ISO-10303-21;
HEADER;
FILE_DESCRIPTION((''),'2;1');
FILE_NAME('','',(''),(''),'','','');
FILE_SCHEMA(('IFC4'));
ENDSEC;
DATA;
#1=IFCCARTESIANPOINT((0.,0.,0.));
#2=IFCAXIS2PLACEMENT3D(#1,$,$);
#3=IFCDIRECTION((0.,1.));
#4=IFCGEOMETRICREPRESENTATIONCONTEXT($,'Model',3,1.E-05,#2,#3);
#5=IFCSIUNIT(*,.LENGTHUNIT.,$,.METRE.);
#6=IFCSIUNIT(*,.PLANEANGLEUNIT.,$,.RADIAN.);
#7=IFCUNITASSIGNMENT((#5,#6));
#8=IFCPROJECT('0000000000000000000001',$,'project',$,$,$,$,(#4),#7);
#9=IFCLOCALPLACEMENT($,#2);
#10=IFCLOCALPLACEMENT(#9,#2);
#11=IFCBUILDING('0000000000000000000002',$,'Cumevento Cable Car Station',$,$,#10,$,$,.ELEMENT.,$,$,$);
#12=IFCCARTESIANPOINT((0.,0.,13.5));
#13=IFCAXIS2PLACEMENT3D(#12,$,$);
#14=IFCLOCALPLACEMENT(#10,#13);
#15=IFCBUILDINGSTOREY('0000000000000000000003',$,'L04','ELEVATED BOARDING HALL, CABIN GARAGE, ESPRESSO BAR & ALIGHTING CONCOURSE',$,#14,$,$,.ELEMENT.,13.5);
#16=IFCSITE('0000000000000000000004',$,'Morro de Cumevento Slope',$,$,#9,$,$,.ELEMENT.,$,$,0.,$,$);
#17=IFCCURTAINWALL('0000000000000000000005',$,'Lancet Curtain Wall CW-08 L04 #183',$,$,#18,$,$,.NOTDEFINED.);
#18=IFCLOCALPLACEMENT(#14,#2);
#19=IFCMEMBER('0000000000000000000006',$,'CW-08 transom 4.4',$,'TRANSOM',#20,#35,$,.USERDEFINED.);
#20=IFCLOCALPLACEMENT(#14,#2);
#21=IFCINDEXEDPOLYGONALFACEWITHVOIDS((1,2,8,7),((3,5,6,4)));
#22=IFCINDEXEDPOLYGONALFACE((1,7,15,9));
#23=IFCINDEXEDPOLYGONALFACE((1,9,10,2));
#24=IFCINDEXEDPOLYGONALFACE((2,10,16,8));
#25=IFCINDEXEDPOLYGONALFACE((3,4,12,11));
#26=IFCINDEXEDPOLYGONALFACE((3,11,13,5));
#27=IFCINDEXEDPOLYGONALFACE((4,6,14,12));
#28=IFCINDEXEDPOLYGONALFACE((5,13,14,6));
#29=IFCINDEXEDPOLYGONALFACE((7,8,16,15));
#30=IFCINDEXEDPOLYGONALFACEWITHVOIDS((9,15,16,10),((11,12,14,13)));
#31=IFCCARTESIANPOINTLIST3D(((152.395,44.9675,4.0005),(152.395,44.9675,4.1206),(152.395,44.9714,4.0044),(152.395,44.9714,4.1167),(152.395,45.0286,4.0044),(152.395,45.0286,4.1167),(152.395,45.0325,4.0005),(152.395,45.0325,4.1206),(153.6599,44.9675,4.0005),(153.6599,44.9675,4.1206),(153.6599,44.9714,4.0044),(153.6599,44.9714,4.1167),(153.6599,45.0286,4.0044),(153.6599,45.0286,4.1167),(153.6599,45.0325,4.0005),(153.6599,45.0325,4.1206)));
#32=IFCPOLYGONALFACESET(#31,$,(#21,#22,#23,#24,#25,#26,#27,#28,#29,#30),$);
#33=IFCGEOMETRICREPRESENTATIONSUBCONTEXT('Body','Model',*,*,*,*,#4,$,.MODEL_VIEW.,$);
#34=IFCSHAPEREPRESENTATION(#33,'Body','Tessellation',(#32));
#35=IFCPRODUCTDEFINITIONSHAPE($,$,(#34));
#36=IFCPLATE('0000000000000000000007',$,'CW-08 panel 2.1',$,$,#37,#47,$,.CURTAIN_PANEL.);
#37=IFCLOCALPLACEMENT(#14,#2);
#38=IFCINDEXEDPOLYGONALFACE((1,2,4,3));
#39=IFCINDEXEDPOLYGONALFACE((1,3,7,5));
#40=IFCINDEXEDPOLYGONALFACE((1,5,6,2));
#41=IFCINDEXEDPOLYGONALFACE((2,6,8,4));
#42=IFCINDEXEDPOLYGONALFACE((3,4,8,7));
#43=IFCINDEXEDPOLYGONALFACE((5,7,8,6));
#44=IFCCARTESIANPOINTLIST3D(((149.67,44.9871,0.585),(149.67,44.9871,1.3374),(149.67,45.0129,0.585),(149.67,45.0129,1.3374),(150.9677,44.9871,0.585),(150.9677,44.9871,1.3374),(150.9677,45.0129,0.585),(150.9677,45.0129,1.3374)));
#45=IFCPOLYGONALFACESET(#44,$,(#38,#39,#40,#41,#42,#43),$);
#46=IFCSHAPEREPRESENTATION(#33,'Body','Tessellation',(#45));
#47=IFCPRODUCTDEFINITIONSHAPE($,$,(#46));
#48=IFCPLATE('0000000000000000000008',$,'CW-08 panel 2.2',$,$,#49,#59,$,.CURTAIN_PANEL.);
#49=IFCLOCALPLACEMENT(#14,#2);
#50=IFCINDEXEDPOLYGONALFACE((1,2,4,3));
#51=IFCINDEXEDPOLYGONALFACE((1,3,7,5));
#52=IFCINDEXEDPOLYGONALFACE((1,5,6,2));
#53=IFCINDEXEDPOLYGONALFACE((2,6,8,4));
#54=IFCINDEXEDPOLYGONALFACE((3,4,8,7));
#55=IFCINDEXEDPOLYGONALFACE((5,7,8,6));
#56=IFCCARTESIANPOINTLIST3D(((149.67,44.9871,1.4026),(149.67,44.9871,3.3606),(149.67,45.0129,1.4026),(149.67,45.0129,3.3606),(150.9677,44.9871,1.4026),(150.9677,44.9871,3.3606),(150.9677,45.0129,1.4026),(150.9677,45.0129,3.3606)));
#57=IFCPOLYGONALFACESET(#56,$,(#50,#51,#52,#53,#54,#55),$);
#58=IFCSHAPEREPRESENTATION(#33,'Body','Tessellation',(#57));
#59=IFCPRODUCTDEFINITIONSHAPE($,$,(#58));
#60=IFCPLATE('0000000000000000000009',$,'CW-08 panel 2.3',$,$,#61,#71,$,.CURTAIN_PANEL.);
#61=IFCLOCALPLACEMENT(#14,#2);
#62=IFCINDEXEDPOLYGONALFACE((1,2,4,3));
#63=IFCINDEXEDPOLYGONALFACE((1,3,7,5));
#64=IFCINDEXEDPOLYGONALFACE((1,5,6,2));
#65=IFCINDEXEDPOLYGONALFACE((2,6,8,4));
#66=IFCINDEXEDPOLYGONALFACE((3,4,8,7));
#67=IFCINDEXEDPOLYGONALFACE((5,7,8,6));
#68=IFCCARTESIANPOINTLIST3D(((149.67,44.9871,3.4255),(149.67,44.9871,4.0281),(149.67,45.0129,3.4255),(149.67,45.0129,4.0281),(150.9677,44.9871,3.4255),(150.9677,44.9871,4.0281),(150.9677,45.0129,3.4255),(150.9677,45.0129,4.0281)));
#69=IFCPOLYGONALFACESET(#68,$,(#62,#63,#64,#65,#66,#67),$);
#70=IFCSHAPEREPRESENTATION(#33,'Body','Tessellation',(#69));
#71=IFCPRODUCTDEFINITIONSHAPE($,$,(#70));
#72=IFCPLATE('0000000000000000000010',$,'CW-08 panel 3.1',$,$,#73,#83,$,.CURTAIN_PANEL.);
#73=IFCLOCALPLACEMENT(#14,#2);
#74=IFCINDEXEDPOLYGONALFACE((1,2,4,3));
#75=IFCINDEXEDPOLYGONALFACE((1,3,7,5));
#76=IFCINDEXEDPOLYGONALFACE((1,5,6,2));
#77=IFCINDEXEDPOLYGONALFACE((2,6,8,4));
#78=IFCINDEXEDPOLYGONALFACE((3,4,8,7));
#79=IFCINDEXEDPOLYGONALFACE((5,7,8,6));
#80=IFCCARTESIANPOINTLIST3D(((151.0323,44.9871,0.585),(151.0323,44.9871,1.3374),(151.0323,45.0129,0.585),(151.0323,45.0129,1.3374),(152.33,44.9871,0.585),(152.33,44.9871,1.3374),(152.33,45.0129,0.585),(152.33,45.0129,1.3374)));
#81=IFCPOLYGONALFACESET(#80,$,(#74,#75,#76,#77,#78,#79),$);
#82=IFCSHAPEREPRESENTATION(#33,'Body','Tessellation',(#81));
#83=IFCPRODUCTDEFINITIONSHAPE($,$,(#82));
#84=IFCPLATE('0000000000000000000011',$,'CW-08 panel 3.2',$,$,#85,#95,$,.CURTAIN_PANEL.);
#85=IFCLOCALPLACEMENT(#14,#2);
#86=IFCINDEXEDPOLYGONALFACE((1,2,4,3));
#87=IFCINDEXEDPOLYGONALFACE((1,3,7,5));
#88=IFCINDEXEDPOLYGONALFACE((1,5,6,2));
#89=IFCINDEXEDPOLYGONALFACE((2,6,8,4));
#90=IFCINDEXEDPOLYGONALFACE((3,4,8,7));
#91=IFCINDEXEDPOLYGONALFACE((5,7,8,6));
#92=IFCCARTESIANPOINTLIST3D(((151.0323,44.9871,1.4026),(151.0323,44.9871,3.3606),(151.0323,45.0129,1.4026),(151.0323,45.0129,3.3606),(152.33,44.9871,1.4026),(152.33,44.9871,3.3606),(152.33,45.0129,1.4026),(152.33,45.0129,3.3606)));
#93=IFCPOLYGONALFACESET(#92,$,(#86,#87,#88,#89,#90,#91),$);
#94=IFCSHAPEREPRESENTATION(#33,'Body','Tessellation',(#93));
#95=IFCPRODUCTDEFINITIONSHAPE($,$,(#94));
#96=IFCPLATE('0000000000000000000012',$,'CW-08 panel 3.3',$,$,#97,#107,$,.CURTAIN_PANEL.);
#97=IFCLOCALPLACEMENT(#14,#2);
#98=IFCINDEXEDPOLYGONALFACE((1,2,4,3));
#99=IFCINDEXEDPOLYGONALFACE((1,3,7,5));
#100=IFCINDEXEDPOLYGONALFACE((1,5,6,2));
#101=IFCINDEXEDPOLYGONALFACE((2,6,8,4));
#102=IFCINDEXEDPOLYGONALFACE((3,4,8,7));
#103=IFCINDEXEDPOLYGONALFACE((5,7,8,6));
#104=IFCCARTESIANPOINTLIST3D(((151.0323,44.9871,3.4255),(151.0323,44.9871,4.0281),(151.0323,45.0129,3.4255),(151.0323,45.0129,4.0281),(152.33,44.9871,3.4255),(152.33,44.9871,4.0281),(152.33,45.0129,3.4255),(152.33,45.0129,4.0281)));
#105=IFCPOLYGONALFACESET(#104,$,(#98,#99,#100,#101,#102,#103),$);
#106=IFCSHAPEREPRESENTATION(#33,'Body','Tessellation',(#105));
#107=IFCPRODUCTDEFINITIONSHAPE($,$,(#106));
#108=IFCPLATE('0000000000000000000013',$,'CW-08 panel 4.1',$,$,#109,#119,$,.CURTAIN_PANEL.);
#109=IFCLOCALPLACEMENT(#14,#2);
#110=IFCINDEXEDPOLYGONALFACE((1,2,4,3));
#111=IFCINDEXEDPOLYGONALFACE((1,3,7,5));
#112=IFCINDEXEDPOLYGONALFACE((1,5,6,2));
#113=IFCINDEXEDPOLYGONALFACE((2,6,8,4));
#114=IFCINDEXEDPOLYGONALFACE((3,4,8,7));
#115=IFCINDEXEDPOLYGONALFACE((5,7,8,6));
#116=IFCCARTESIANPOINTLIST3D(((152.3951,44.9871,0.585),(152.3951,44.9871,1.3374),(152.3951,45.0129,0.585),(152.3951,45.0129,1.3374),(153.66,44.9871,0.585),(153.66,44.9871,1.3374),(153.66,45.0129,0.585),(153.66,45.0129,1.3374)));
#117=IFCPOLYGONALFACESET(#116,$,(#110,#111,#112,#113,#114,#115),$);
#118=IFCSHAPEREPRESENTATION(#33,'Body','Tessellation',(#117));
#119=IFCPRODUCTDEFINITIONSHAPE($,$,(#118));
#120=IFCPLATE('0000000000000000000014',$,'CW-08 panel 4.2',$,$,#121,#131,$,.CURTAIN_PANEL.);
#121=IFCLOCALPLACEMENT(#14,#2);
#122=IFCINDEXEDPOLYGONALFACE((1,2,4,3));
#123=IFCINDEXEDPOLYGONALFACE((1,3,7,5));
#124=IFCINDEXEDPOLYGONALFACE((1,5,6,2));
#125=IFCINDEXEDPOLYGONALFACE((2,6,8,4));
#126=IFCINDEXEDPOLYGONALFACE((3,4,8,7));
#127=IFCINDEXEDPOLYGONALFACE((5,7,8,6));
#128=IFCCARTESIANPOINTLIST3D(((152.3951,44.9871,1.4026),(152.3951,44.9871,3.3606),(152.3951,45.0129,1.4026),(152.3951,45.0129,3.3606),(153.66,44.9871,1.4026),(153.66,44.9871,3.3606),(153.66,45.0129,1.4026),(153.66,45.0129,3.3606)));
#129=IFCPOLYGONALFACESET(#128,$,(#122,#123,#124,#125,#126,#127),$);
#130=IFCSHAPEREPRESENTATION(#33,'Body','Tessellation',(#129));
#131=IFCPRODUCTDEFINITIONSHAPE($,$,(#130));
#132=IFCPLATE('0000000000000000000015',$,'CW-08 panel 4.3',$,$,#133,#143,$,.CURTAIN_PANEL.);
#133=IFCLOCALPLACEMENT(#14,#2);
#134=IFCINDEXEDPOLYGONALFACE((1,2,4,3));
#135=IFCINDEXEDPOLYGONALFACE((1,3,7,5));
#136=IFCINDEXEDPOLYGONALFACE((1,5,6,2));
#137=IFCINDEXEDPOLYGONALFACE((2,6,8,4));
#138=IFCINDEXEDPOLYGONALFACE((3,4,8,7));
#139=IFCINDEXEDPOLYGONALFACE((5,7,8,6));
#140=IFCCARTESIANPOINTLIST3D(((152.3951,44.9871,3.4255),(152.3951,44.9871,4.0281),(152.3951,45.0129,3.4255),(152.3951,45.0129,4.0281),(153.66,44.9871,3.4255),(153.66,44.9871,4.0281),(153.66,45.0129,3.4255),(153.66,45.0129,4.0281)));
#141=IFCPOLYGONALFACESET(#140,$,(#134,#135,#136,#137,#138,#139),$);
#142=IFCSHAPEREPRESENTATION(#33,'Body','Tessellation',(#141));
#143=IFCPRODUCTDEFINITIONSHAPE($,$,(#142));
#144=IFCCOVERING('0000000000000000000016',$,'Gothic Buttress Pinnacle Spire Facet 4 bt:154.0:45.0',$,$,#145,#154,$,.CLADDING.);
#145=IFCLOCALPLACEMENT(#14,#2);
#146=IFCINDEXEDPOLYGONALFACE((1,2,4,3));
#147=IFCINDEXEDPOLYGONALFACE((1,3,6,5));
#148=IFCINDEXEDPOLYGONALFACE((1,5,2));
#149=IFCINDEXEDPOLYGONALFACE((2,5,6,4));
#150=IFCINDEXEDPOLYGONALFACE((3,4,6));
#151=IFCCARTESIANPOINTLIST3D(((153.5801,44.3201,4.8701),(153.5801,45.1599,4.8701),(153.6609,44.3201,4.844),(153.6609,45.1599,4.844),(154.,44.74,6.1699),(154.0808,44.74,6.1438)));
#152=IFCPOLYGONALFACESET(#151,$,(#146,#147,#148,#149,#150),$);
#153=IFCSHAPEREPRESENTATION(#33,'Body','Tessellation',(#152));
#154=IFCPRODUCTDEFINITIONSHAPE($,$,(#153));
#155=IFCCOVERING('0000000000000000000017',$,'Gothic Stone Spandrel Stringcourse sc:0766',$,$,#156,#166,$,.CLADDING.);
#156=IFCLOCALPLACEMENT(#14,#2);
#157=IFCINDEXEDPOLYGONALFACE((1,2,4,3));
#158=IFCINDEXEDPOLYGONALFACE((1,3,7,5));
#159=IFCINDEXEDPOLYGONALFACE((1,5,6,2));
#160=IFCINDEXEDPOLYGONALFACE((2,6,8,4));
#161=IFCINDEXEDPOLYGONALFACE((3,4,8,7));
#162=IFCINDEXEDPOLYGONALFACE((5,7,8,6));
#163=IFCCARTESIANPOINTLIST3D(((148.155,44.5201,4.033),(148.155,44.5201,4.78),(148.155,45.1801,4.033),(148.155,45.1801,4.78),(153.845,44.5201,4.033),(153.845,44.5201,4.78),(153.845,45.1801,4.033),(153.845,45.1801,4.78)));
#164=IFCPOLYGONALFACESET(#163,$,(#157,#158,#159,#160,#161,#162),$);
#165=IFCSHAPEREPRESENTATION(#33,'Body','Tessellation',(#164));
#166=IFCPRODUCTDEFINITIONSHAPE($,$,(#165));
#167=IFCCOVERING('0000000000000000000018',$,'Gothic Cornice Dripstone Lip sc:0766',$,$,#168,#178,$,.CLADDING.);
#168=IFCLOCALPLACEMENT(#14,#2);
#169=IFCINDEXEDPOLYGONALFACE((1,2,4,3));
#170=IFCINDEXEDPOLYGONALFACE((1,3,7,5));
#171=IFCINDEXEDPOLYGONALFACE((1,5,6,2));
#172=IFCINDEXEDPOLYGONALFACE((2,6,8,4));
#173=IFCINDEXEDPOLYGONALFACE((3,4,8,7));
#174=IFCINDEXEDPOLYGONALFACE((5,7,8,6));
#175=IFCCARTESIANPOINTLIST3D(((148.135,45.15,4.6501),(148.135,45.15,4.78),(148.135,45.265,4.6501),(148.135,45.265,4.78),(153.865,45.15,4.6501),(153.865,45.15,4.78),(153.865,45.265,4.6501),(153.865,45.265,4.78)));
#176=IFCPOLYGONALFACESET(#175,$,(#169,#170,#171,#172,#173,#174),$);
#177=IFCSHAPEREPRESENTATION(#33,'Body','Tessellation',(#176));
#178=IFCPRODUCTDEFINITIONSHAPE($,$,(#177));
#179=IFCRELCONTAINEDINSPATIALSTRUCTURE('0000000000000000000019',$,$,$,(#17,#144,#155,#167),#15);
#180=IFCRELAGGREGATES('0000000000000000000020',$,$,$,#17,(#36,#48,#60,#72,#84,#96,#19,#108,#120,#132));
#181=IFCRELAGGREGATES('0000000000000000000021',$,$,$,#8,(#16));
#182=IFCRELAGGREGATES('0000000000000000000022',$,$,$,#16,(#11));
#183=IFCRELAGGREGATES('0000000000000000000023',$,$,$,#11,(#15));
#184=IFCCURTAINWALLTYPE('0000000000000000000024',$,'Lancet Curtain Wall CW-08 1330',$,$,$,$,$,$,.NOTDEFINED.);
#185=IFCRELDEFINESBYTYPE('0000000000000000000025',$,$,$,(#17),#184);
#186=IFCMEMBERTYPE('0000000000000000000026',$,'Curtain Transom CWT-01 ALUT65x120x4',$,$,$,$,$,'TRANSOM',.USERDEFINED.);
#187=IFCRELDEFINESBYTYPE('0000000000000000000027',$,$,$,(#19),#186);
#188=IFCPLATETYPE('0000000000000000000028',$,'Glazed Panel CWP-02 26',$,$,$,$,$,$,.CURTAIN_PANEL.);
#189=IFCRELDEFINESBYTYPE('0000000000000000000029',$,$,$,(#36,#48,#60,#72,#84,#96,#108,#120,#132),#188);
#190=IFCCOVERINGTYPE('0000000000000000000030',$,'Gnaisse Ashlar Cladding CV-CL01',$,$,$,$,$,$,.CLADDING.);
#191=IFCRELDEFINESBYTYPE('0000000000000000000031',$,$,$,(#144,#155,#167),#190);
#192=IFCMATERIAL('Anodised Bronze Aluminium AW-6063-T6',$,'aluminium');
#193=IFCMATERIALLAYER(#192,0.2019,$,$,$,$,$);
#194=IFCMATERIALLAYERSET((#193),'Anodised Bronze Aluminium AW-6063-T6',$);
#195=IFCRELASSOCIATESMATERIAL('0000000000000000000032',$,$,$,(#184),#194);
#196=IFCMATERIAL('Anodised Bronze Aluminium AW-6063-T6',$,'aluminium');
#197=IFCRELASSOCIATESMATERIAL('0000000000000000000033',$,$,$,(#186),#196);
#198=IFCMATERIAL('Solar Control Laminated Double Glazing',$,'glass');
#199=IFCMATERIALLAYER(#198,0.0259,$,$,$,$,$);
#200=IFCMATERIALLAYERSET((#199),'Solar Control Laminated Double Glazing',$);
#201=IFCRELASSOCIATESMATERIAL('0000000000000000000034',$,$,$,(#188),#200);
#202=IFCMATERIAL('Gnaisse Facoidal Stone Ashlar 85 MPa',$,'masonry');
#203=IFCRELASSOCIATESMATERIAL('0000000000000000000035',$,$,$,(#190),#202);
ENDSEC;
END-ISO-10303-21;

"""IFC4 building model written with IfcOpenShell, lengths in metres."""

from ifc_helpers import new_model, si_unit, direction, frame, origin, origin_2d, place, context, subcontext, project, spatial, polyline, rectangle, hollow_rectangle, outline, extrude, material, layer, layer_set, material_profile, profile_set, type_object, element, aggregate, save


model = new_model("IFC4")

# Units and contexts
model_context = context("Model", 3, precision=1e-05, world=origin(), true_north=direction((0.0, 1.0)))
body_context = subcontext(model_context, "Body", "Model", "MODEL_VIEW")
ifc_project = project(units=[si_unit("LENGTHUNIT", "METRE"), si_unit("PLANEANGLEUNIT", "RADIAN")], contexts=[model_context])

# Site, building, storey
site_placement = place(None, origin())
site = spatial("IfcSite", under=ifc_project, at=site_placement, Name="Morro de Cumevento Slope", CompositionType="ELEMENT", RefElevation=0.0)
building_placement = place(site_placement, origin())
building = spatial("IfcBuilding", under=site, at=building_placement, Name="Cumevento Cable Car Station", CompositionType="ELEMENT")
storey_placement = place(building_placement, frame((0.0, 0.0, 13.5)))
storey = spatial("IfcBuildingStorey", under=building, at=storey_placement, Name="L04", Description="ELEVATED BOARDING HALL, CABIN GARAGE, ESPRESSO BAR & ALIGHTING CONCOURSE", CompositionType="ELEMENT", Elevation=13.5)

# Curtain wall, member, plates
ifc_material_1 = material(Name="Anodised Bronze Aluminium AW-6063-T6", Category="aluminium")
ifc_layer_1 = layer(ifc_material_1, 0.2019)
ifc_layer_set_1 = layer_set([ifc_layer_1], Name="Anodised Bronze Aluminium AW-6063-T6")
curtain_wall_type = type_object("IfcCurtainWallType", Name="Lancet Curtain Wall CW-08 1330", PredefinedType="NOTDEFINED", material=ifc_layer_set_1)
curtain_wall_placement = place(storey_placement, origin())
curtain_wall = element("IfcCurtainWall", 1, at=curtain_wall_placement, inside=storey, type_object=curtain_wall_type, Name="Lancet Curtain Wall CW-08 L04 #183", PredefinedType="NOTDEFINED")
ifc_material_2 = material(Name="Anodised Bronze Aluminium AW-6063-T6", Category="aluminium")
ifc_material_profile_1 = material_profile(ifc_material_2, hollow_rectangle(XDim=0.0649, YDim=0.1201, WallThickness=0.0039, at=origin_2d()), Name="ALUT65x120x4")
ifc_profile_set_1 = profile_set([ifc_material_profile_1], Name="Anodised Bronze Aluminium AW-6063-T6")
member_type_1 = type_object("IfcMemberType", Name="Curtain Transom CWT-01 ALUT65x120x4", ElementType="TRANSOM", PredefinedType="USERDEFINED", material=ifc_profile_set_1)
member_1_placement = place(storey_placement, frame((152.395, 45.0, 4.0605), z_axis=(1.0, 0.0, 0.0), x_axis=(0.0, 1.0, 0.0)))
member_1 = element("IfcMember", 2, at=member_1_placement, type_object=member_type_1, Name="CW-08 transom 4.4", ObjectType="TRANSOM", PredefinedType="USERDEFINED", context=body_context, shape_type="SweptSolid", body=[
    extrude(hollow_rectangle(XDim=0.0649, YDim=0.1201, WallThickness=0.0039, at=origin_2d()), origin(), (0.0, 0.0, 1.0), 1.2649),
])
ifc_material_3 = material(Name="Solar Control Laminated Double Glazing", Category="glass")
ifc_layer_2 = layer(ifc_material_3, 0.0259)
ifc_layer_set_2 = layer_set([ifc_layer_2], Name="Solar Control Laminated Double Glazing")
plate_type = type_object("IfcPlateType", Name="Glazed Panel CWP-02 26", PredefinedType="CURTAIN_PANEL", material=ifc_layer_set_2)
plate_1_placement = place(storey_placement, frame((150.3188, 45.0, 0.585), z_axis=(0.0, 0.0, 1.0), x_axis=(1.0, 0.0, 0.0)))
plate_1 = element("IfcPlate", 3, at=plate_1_placement, type_object=plate_type, Name="CW-08 panel 2.1", PredefinedType="CURTAIN_PANEL", context=body_context, shape_type="SweptSolid", body=[
    extrude(rectangle(XDim=1.2976, YDim=0.0259, at=origin_2d()), origin(), (0.0, 0.0, 1.0), 0.7524),
])
plate_2_placement = place(storey_placement, frame((150.3188, 45.0, 1.4026), z_axis=(0.0, 0.0, 1.0), x_axis=(1.0, 0.0, 0.0)))
plate_2 = element("IfcPlate", 4, at=plate_2_placement, type_object=plate_type, Name="CW-08 panel 2.2", PredefinedType="CURTAIN_PANEL", context=body_context, shape_type="SweptSolid", body=[
    extrude(rectangle(XDim=1.2976, YDim=0.0259, at=origin_2d()), origin(), (0.0, 0.0, 1.0), 1.958),
])
plate_3_placement = place(storey_placement, frame((150.3188, 45.0, 3.4255), z_axis=(0.0, 0.0, 1.0), x_axis=(1.0, 0.0, 0.0)))
plate_3 = element("IfcPlate", 5, at=plate_3_placement, type_object=plate_type, Name="CW-08 panel 2.3", PredefinedType="CURTAIN_PANEL", context=body_context, shape_type="SweptSolid", body=[
    extrude(rectangle(XDim=1.2976, YDim=0.0259, at=origin_2d()), origin(), (0.0, 0.0, 1.0), 0.6025),
])
plate_4_placement = place(storey_placement, frame((151.6812, 45.0, 0.585), z_axis=(0.0, 0.0, 1.0), x_axis=(1.0, 0.0, 0.0)))
plate_4 = element("IfcPlate", 6, at=plate_4_placement, type_object=plate_type, Name="CW-08 panel 3.1", PredefinedType="CURTAIN_PANEL", context=body_context, shape_type="SweptSolid", body=[
    extrude(rectangle(XDim=1.2976, YDim=0.0259, at=origin_2d()), origin(), (0.0, 0.0, 1.0), 0.7524),
])
plate_5_placement = place(storey_placement, frame((151.6812, 45.0, 1.4026), z_axis=(0.0, 0.0, 1.0), x_axis=(1.0, 0.0, 0.0)))
plate_5 = element("IfcPlate", 7, at=plate_5_placement, type_object=plate_type, Name="CW-08 panel 3.2", PredefinedType="CURTAIN_PANEL", context=body_context, shape_type="SweptSolid", body=[
    extrude(rectangle(XDim=1.2976, YDim=0.0259, at=origin_2d()), origin(), (0.0, 0.0, 1.0), 1.958),
])
plate_6_placement = place(storey_placement, frame((151.6812, 45.0, 3.4255), z_axis=(0.0, 0.0, 1.0), x_axis=(1.0, 0.0, 0.0)))
plate_6 = element("IfcPlate", 8, at=plate_6_placement, type_object=plate_type, Name="CW-08 panel 3.3", PredefinedType="CURTAIN_PANEL", context=body_context, shape_type="SweptSolid", body=[
    extrude(rectangle(XDim=1.2976, YDim=0.0259, at=origin_2d()), origin(), (0.0, 0.0, 1.0), 0.6025),
])
plate_7_placement = place(storey_placement, frame((153.0276, 45.0, 0.585), z_axis=(0.0, 0.0, 1.0), x_axis=(1.0, 0.0, 0.0)))
plate_7 = element("IfcPlate", 9, at=plate_7_placement, type_object=plate_type, Name="CW-08 panel 4.1", PredefinedType="CURTAIN_PANEL", context=body_context, shape_type="SweptSolid", body=[
    extrude(rectangle(XDim=1.2649, YDim=0.0259, at=origin_2d()), origin(), (0.0, 0.0, 1.0), 0.7524),
])
plate_8_placement = place(storey_placement, frame((153.0276, 45.0, 1.4026), z_axis=(0.0, 0.0, 1.0), x_axis=(1.0, 0.0, 0.0)))
plate_8 = element("IfcPlate", 10, at=plate_8_placement, type_object=plate_type, Name="CW-08 panel 4.2", PredefinedType="CURTAIN_PANEL", context=body_context, shape_type="SweptSolid", body=[
    extrude(rectangle(XDim=1.2649, YDim=0.0259, at=origin_2d()), origin(), (0.0, 0.0, 1.0), 1.958),
])
plate_9_placement = place(storey_placement, frame((153.0276, 45.0, 3.4255), z_axis=(0.0, 0.0, 1.0), x_axis=(1.0, 0.0, 0.0)))
plate_9 = element("IfcPlate", 11, at=plate_9_placement, type_object=plate_type, Name="CW-08 panel 4.3", PredefinedType="CURTAIN_PANEL", context=body_context, shape_type="SweptSolid", body=[
    extrude(rectangle(XDim=1.2649, YDim=0.0259, at=origin_2d()), origin(), (0.0, 0.0, 1.0), 0.6025),
])
aggregate(curtain_wall, [plate_1, plate_2, plate_3, plate_4, plate_5, plate_6, member_1, plate_7, plate_8, plate_9])

# Coverings
ifc_material_4 = material(Name="Gnaisse Facoidal Stone Ashlar 85 MPa", Category="masonry")
covering_type = type_object("IfcCoveringType", Name="Gnaisse Ashlar Cladding CV-CL01", PredefinedType="CLADDING", material=ifc_material_4)
covering_1_placement = place(storey_placement, frame((153.5801, 44.3201, 4.8701), z_axis=(-0.951574, 0.0, 0.307421), x_axis=(0.0, 1.0, 0.0)))
element("IfcCovering", 12, at=covering_1_placement, inside=storey, type_object=covering_type, Name="Gothic Buttress Pinnacle Spire Facet 4 bt:154.0:45.0", PredefinedType="CLADDING", context=body_context, shape_type="SweptSolid", body=[
    extrude(outline(polyline([(0.0, 0.0), (0.8398, 0.0), (0.4199, -1.366), (0.0, 0.0)])), origin(), (0.0, 0.0, -1.0), 0.085),
])
covering_2_placement = place(storey_placement, frame((151.0, 44.8501, 4.033), z_axis=(0.0, 0.0, 1.0), x_axis=(1.0, 0.0, 0.0)))
element("IfcCovering", 13, at=covering_2_placement, inside=storey, type_object=covering_type, Name="Gothic Stone Spandrel Stringcourse sc:0766", PredefinedType="CLADDING", context=body_context, shape_type="SweptSolid", body=[
    extrude(rectangle(XDim=5.6899, YDim=0.6599, at=origin_2d()), origin(), (0.0, 0.0, 1.0), 0.7471),
])
covering_3_placement = place(storey_placement, frame((151.0, 45.2075, 4.6501), z_axis=(0.0, 0.0, 1.0), x_axis=(1.0, 0.0, 0.0)))
element("IfcCovering", 14, at=covering_3_placement, inside=storey, type_object=covering_type, Name="Gothic Cornice Dripstone Lip sc:0766", PredefinedType="CLADDING", context=body_context, shape_type="SweptSolid", body=[
    extrude(rectangle(XDim=5.73, YDim=0.115, at=origin_2d()), origin(), (0.0, 0.0, 1.0), 0.1299),
])

save(model, "model.ifc")
